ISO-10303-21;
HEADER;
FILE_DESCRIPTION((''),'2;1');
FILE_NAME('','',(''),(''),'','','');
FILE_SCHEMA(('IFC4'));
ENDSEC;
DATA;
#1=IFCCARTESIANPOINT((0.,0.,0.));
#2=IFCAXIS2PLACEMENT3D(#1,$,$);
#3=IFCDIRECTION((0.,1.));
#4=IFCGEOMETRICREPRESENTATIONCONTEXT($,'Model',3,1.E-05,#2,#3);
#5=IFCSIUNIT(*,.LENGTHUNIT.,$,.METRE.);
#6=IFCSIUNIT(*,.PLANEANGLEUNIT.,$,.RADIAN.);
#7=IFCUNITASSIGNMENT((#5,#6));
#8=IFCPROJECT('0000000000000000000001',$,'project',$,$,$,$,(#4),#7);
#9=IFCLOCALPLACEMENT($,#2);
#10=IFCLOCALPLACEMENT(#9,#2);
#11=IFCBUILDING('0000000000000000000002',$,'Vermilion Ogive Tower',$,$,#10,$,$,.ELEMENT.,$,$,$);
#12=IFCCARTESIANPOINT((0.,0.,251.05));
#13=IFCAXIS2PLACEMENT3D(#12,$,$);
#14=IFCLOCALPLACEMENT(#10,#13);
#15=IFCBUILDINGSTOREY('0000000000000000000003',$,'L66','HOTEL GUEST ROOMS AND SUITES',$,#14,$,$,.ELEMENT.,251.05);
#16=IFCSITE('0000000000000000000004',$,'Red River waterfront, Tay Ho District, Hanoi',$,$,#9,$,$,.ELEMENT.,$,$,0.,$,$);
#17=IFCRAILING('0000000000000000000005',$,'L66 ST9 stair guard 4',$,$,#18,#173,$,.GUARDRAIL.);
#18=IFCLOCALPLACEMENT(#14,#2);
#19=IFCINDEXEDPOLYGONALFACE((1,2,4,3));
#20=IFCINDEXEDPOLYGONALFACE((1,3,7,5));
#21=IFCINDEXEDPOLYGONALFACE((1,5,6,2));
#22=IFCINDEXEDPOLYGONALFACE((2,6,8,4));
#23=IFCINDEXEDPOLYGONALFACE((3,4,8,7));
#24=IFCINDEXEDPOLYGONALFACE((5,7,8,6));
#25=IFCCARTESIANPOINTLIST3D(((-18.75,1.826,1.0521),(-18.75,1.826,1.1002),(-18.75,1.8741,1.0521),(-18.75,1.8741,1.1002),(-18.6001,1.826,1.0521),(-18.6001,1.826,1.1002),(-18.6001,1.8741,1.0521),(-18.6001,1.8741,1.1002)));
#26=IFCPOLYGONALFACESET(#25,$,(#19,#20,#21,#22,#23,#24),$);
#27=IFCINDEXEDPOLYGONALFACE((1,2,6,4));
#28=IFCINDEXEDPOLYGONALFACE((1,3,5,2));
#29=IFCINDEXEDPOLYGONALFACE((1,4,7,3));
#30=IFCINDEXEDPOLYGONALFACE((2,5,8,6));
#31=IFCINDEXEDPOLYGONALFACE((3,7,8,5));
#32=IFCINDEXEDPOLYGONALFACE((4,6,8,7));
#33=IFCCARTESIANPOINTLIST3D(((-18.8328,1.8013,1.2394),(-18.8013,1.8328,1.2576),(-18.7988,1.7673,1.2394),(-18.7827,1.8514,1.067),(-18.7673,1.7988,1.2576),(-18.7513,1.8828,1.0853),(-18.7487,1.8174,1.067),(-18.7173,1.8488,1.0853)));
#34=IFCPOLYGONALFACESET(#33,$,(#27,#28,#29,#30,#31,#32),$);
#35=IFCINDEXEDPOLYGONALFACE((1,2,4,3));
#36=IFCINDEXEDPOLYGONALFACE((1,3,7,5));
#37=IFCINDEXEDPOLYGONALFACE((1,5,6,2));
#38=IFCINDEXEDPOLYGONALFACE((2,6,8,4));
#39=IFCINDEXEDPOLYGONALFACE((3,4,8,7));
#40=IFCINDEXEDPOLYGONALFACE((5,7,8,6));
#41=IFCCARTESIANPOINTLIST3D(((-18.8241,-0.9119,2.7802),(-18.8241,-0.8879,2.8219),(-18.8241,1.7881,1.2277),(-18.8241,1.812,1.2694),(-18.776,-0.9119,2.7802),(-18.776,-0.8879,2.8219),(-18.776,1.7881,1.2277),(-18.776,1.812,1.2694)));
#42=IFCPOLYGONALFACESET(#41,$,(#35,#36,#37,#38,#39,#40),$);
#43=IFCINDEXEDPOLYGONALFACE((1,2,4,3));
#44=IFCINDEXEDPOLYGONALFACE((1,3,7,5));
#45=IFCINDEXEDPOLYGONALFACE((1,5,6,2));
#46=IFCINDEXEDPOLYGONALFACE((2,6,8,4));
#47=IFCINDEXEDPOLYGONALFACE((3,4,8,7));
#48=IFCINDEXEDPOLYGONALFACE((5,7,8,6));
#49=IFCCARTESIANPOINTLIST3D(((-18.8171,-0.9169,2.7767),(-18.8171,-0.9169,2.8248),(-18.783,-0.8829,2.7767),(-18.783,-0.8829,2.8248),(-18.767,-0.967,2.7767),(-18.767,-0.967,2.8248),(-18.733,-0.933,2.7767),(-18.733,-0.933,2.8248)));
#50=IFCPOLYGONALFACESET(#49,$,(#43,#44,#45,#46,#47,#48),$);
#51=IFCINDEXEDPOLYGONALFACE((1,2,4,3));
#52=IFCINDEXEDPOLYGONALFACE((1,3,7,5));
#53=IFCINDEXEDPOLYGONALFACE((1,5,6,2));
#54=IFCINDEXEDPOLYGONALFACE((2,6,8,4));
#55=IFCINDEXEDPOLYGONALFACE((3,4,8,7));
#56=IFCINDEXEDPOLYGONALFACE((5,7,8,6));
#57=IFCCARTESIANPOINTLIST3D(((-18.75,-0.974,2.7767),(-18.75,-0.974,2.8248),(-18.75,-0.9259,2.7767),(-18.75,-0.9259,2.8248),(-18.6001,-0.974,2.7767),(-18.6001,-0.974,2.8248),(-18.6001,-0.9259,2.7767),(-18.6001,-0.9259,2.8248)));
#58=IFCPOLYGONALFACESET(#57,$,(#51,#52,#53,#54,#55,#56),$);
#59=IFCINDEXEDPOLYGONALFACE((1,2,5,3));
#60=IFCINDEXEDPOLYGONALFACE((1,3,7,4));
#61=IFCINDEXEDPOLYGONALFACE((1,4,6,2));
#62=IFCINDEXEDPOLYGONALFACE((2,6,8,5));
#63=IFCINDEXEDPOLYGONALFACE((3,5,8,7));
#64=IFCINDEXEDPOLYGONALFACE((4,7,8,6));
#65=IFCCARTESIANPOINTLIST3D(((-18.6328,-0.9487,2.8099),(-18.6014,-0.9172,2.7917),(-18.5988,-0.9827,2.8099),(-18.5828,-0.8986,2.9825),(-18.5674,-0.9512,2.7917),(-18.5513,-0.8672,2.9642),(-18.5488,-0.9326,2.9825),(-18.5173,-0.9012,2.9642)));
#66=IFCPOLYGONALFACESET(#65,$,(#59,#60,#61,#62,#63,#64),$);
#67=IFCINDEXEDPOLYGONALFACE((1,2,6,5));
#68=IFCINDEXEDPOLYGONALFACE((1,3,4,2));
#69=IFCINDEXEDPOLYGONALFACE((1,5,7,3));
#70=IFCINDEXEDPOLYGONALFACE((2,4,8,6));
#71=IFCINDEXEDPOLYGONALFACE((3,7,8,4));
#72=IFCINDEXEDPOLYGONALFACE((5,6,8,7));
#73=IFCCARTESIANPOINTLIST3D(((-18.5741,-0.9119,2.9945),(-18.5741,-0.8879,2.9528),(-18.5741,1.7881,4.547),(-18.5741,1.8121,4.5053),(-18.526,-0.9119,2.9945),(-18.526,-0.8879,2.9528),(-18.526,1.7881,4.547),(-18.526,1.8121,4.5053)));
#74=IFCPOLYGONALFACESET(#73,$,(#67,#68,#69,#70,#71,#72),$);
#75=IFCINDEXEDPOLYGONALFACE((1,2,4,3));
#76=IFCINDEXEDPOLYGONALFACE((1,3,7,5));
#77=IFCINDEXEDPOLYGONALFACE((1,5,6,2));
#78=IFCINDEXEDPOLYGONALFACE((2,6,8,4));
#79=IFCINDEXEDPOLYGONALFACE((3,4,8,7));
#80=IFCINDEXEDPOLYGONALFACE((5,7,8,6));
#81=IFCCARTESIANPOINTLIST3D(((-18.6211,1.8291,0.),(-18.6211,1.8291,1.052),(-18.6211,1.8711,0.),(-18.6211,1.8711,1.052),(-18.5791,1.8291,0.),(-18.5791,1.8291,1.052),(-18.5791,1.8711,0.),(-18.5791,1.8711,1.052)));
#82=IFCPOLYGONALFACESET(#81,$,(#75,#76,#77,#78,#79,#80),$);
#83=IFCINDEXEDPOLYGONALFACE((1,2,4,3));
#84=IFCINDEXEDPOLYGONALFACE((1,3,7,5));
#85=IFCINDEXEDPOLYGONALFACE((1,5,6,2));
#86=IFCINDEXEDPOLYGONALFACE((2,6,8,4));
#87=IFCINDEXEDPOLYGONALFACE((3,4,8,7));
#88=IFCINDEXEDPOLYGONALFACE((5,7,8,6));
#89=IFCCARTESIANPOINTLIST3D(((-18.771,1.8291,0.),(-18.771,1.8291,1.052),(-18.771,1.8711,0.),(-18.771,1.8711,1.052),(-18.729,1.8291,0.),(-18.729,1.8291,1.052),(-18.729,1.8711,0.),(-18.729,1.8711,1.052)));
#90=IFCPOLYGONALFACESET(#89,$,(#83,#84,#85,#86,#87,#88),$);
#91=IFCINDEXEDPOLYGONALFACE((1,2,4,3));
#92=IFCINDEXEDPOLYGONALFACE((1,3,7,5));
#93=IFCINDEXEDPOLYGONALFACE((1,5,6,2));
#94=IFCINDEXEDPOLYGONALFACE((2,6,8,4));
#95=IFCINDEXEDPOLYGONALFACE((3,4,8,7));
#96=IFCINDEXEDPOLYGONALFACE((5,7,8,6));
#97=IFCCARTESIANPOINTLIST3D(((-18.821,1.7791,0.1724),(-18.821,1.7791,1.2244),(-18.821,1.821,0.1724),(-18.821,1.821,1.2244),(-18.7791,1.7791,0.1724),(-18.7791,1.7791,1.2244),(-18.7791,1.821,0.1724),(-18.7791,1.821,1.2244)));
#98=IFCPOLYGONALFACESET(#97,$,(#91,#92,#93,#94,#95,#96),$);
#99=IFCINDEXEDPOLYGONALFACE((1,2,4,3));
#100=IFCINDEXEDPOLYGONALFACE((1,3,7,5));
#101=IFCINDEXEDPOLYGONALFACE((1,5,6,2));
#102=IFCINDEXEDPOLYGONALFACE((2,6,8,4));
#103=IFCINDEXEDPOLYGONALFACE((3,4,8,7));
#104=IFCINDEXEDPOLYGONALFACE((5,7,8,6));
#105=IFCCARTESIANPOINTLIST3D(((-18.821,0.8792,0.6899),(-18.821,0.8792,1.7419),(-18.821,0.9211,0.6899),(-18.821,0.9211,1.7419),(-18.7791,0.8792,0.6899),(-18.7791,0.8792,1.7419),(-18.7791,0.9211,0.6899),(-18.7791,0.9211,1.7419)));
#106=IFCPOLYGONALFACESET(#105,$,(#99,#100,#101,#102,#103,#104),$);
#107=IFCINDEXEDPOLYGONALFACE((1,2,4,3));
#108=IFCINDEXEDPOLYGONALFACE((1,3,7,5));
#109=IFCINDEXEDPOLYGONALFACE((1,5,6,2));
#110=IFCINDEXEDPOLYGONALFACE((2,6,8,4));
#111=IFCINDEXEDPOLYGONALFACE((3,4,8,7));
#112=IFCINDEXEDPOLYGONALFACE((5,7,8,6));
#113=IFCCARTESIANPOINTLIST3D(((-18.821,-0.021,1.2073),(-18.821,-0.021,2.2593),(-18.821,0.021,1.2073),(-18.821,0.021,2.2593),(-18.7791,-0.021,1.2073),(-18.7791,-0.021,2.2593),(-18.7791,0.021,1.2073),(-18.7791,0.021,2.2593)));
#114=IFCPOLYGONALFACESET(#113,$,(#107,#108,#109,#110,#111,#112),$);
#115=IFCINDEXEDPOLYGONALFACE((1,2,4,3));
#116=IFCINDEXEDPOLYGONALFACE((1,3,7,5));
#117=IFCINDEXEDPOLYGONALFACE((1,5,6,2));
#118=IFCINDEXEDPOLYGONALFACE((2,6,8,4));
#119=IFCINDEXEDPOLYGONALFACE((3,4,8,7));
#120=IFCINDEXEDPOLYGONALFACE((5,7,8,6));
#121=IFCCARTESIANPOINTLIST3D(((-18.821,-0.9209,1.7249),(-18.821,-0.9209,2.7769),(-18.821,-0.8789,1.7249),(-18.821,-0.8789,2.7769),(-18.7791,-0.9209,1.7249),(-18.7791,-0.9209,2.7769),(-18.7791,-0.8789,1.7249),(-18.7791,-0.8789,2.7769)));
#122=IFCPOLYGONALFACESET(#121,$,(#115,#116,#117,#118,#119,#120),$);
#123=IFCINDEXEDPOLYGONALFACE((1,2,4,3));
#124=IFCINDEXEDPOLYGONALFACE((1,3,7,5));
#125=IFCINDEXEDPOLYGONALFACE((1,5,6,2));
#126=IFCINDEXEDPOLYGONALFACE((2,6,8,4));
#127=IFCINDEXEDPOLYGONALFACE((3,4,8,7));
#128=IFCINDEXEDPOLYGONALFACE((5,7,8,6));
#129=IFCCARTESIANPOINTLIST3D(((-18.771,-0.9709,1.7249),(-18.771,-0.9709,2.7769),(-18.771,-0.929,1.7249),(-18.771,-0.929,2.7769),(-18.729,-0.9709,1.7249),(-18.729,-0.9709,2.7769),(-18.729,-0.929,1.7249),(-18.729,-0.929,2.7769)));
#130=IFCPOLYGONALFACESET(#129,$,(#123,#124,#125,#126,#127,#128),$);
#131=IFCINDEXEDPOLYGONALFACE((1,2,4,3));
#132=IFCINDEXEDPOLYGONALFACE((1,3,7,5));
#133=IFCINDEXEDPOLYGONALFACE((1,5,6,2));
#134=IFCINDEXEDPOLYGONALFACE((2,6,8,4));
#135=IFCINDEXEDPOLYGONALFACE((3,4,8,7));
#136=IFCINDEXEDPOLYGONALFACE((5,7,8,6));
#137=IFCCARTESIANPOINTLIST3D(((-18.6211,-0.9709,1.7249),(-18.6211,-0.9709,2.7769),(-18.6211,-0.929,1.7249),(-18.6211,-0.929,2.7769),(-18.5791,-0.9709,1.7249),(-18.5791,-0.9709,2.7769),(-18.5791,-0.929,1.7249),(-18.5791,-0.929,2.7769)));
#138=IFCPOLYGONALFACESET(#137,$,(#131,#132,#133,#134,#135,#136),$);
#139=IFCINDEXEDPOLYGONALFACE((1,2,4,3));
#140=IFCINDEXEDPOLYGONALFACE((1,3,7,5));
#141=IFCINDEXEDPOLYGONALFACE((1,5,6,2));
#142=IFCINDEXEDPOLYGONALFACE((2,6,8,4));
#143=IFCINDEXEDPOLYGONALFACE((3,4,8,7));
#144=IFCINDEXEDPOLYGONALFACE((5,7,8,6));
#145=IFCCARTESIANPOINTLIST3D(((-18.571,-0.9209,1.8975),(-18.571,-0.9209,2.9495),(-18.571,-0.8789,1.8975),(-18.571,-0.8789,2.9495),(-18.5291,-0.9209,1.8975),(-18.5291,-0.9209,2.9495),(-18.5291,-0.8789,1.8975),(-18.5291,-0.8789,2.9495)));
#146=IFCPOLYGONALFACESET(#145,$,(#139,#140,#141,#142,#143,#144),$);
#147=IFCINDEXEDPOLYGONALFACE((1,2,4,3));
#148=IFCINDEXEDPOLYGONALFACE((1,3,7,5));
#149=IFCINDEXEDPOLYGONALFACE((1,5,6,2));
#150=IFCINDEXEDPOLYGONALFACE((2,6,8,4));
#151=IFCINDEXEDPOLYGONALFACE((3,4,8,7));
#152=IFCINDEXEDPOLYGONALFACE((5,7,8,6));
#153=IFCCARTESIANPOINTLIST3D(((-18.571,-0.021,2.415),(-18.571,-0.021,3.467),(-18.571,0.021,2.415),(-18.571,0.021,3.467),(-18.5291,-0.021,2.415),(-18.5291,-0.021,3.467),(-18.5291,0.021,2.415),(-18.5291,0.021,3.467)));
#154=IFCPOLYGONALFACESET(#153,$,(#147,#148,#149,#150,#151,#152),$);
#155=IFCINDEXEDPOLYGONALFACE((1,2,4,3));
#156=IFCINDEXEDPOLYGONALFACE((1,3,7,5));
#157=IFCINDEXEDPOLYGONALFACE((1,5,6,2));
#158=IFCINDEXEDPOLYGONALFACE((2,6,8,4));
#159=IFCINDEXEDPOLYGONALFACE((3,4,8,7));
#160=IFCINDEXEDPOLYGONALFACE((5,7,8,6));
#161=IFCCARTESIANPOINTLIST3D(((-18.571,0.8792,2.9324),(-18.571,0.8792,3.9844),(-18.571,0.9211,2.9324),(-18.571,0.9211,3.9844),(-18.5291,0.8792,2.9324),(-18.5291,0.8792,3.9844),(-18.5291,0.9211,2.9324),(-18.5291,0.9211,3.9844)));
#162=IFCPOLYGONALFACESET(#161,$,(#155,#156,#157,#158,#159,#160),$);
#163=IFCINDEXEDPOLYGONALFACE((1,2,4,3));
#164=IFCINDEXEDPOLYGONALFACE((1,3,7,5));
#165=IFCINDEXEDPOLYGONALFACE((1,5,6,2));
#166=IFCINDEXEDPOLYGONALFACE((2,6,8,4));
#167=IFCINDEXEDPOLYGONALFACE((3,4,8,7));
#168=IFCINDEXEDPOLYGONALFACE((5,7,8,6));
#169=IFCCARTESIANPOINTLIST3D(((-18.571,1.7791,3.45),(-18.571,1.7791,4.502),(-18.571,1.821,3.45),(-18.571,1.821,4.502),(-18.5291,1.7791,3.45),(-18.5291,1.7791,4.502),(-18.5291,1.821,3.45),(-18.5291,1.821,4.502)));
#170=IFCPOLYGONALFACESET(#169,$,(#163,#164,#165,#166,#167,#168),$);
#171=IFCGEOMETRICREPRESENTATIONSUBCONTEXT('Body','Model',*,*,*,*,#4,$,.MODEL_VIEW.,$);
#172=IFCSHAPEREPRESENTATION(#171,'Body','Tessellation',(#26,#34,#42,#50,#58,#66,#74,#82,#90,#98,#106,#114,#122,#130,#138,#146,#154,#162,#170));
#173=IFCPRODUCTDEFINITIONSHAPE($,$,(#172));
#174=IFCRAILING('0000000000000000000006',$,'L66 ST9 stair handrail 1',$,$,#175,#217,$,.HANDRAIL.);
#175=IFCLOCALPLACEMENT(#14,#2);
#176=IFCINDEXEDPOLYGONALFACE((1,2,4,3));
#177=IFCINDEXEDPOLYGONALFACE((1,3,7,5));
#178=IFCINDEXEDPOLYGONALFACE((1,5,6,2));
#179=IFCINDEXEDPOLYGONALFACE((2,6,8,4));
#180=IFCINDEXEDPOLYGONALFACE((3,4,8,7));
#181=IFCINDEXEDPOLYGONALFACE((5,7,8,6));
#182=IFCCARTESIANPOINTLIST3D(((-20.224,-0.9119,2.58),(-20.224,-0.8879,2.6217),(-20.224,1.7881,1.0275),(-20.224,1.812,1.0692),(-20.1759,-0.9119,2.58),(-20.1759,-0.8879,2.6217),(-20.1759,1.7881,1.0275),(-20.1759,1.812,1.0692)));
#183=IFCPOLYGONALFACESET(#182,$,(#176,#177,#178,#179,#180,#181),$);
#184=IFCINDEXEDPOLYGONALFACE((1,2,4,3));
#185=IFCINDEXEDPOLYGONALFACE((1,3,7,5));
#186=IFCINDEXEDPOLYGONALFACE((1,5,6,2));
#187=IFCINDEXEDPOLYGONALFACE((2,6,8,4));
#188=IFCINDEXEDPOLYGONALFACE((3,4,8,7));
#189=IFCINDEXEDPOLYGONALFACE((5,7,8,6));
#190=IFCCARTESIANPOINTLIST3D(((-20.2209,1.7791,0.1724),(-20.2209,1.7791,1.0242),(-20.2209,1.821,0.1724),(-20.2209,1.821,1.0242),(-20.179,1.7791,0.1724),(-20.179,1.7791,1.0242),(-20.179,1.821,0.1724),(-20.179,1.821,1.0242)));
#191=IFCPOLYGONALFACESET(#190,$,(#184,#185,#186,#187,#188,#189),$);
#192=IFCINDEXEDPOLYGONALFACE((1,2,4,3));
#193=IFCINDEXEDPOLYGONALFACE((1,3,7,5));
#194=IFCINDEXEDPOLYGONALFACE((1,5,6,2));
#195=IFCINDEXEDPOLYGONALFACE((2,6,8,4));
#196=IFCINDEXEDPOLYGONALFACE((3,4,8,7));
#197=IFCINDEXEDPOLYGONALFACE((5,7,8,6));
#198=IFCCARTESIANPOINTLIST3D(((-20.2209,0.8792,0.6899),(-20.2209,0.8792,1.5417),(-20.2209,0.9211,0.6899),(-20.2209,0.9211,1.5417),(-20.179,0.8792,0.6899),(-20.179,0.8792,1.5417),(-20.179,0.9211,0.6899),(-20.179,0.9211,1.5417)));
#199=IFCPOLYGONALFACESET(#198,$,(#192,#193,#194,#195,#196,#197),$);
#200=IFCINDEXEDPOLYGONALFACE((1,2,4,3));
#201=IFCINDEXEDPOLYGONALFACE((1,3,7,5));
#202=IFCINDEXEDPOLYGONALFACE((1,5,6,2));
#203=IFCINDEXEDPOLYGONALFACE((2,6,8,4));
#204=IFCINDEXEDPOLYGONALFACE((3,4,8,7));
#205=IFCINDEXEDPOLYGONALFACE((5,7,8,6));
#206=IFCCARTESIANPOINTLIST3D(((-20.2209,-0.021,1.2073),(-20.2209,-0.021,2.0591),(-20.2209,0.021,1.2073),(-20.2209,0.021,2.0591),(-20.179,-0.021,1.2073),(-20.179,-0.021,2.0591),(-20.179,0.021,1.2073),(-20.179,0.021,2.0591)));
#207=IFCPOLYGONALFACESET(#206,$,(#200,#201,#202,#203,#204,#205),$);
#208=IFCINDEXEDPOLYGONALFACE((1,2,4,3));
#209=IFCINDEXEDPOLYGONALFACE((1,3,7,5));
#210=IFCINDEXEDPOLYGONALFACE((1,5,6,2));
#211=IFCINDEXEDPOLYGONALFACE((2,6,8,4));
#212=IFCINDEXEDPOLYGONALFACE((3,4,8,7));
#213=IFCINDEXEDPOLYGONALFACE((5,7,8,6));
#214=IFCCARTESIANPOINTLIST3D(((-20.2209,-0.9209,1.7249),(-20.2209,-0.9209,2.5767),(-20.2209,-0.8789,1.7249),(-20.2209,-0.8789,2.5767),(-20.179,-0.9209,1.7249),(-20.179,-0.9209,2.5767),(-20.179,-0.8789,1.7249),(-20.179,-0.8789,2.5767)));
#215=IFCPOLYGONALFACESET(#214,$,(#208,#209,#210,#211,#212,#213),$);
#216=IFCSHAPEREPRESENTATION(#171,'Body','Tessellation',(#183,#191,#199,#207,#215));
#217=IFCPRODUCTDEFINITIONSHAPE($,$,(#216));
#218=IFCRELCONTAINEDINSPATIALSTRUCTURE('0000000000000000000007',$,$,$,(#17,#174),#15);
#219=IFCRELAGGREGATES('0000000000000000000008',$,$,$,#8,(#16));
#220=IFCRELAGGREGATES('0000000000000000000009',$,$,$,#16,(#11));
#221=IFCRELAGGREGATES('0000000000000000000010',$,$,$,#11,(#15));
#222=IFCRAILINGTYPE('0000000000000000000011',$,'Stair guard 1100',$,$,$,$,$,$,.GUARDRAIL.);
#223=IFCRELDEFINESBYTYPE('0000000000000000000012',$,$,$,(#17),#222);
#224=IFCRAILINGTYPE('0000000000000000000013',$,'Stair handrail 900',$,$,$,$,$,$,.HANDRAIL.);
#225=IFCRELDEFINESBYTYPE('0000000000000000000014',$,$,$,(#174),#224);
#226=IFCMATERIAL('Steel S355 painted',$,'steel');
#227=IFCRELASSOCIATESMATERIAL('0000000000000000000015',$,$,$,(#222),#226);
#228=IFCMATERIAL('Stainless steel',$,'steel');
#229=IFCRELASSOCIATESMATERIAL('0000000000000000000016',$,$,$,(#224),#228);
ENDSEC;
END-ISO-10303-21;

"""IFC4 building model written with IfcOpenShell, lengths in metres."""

from ifc_helpers import new_model, si_unit, direction, frame, origin, origin_2d, place, context, subcontext, project, spatial, rectangle, extrude, material, type_object, element, save


model = new_model("IFC4")

# Units and contexts
model_context = context("Model", 3, precision=1e-05, world=origin(), true_north=direction((0.0, 1.0)))
body_context = subcontext(model_context, "Body", "Model", "MODEL_VIEW")
ifc_project = project(units=[si_unit("LENGTHUNIT", "METRE"), si_unit("PLANEANGLEUNIT", "RADIAN")], contexts=[model_context])

# Site, building, storey
site_placement = place(None, origin())
site = spatial("IfcSite", under=ifc_project, at=site_placement, Name="Red River waterfront, Tay Ho District, Hanoi", CompositionType="ELEMENT", RefElevation=0.0)
building_placement = place(site_placement, origin())
building = spatial("IfcBuilding", under=site, at=building_placement, Name="Vermilion Ogive Tower", CompositionType="ELEMENT")
storey_placement = place(building_placement, frame((0.0, 0.0, 251.05)))
storey = spatial("IfcBuildingStorey", under=building, at=storey_placement, Name="L66", Description="HOTEL GUEST ROOMS AND SUITES", CompositionType="ELEMENT", Elevation=251.05)

# Railings
ifc_material_1 = material(Name="Steel S355 painted", Category="steel")
railing_type_1 = type_object("IfcRailingType", Name="Stair guard 1100", PredefinedType="GUARDRAIL", material=ifc_material_1)
railing_1_placement = place(storey_placement, frame((-18.6001, 1.8501, 0.0)))
element("IfcRailing", 1, at=railing_1_placement, inside=storey, type_object=railing_type_1, Name="L66 ST9 stair guard 4", PredefinedType="GUARDRAIL", context=body_context, shape_type="SweptSolid", body=[
    extrude(rectangle(XDim=0.0481, YDim=0.0481, at=origin_2d()), frame((0.0, 0.0, 1.0762), z_axis=(-1.0, 0.0, 0.0), x_axis=(0.0, -1.0, 0.0)), (0.0, 0.0, 1.0), 0.1499),
    extrude(rectangle(XDim=0.0481, YDim=0.0481, at=origin_2d()), frame((-0.1499, 0.0, 1.0762), z_axis=(-0.268603, -0.268603, 0.925043), x_axis=(0.707107, -0.707107, 0.0)), (0.0, 0.0, 1.0), 0.1863),
    extrude(rectangle(XDim=0.0481, YDim=0.0481, at=origin_2d()), frame((-0.2, -0.05, 1.2485), z_axis=(0.0, -0.866904, 0.498476), x_axis=(1.0, 0.0, 0.0)), (0.0, 0.0, 1.0), 3.1145),
    extrude(rectangle(XDim=0.0481, YDim=0.0481, at=origin_2d()), frame((-0.2, -2.75, 2.8008), z_axis=(0.707107, -0.707107, 0.0), x_axis=(0.707107, 0.707107, 0.0)), (0.0, 0.0, 1.0), 0.0708),
    extrude(rectangle(XDim=0.0481, YDim=0.0481, at=origin_2d()), frame((-0.1499, -2.8, 2.8008), z_axis=(1.0, 0.0, 0.0), x_axis=(0.0, 1.0, 0.0)), (0.0, 0.0, 1.0), 0.1499),
    extrude(rectangle(XDim=0.0481, YDim=0.0481, at=origin_2d()), frame((0.0, -2.8, 2.8008), z_axis=(0.268278, 0.268278, 0.925232), x_axis=(-0.707107, 0.707107, 0.0)), (0.0, 0.0, 1.0), 0.1865),
    extrude(rectangle(XDim=0.0481, YDim=0.0481, at=origin_2d()), frame((0.05, -2.75, 2.9736), z_axis=(0.0, 0.866904, 0.498476), x_axis=(-1.0, 0.0, 0.0)), (0.0, 0.0, 1.0), 3.1145),
    extrude(rectangle(XDim=0.042, YDim=0.042, at=origin_2d()), origin(), (0.0, 0.0, 1.0), 1.052),
    extrude(rectangle(XDim=0.042, YDim=0.042, at=origin_2d()), frame((-0.1499, 0.0, 0.0)), (0.0, 0.0, 1.0), 1.052),
    extrude(rectangle(XDim=0.042, YDim=0.042, at=origin_2d()), frame((-0.2, -0.05, 0.1724)), (0.0, 0.0, 1.0), 1.052),
    extrude(rectangle(XDim=0.042, YDim=0.042, at=origin_2d()), frame((-0.2, -0.95, 0.6899)), (0.0, 0.0, 1.0), 1.052),
    extrude(rectangle(XDim=0.042, YDim=0.042, at=origin_2d()), frame((-0.2, -1.8501, 1.2073)), (0.0, 0.0, 1.0), 1.052),
    extrude(rectangle(XDim=0.042, YDim=0.042, at=origin_2d()), frame((-0.2, -2.75, 1.7249)), (0.0, 0.0, 1.0), 1.052),
    extrude(rectangle(XDim=0.042, YDim=0.042, at=origin_2d()), frame((-0.1499, -2.8, 1.7249)), (0.0, 0.0, 1.0), 1.052),
    extrude(rectangle(XDim=0.042, YDim=0.042, at=origin_2d()), frame((0.0, -2.8, 1.7249)), (0.0, 0.0, 1.0), 1.052),
    extrude(rectangle(XDim=0.042, YDim=0.042, at=origin_2d()), frame((0.05, -2.75, 1.8975)), (0.0, 0.0, 1.0), 1.052),
    extrude(rectangle(XDim=0.042, YDim=0.042, at=origin_2d()), frame((0.05, -1.8501, 2.415)), (0.0, 0.0, 1.0), 1.052),
    extrude(rectangle(XDim=0.042, YDim=0.042, at=origin_2d()), frame((0.05, -0.95, 2.9324)), (0.0, 0.0, 1.0), 1.052),
    extrude(rectangle(XDim=0.042, YDim=0.042, at=origin_2d()), frame((0.05, -0.05, 3.45)), (0.0, 0.0, 1.0), 1.052),
])
ifc_material_2 = material(Name="Stainless steel", Category="steel")
railing_type_2 = type_object("IfcRailingType", Name="Stair handrail 900", PredefinedType="HANDRAIL", material=ifc_material_2)
railing_2_placement = place(storey_placement, frame((-20.2, 1.8, 0.1724)))
element("IfcRailing", 2, at=railing_2_placement, inside=storey, type_object=railing_type_2, Name="L66 ST9 stair handrail 1", PredefinedType="HANDRAIL", context=body_context, shape_type="SweptSolid", body=[
    extrude(rectangle(XDim=0.0481, YDim=0.0481, at=origin_2d()), frame((0.0, 0.0, 0.876), z_axis=(0.0, -0.866904, 0.498476), x_axis=(1.0, 0.0, 0.0)), (0.0, 0.0, 1.0), 3.1145),
    extrude(rectangle(XDim=0.042, YDim=0.042, at=origin_2d()), origin(), (0.0, 0.0, 1.0), 0.8518),
    extrude(rectangle(XDim=0.042, YDim=0.042, at=origin_2d()), frame((0.0, -0.8999, 0.5176)), (0.0, 0.0, 1.0), 0.8518),
    extrude(rectangle(XDim=0.042, YDim=0.042, at=origin_2d()), frame((0.0, -1.8, 1.0349)), (0.0, 0.0, 1.0), 0.8518),
    extrude(rectangle(XDim=0.042, YDim=0.042, at=origin_2d()), frame((0.0, -2.7, 1.5525)), (0.0, 0.0, 1.0), 0.8518),
])

save(model, "model.ifc")
